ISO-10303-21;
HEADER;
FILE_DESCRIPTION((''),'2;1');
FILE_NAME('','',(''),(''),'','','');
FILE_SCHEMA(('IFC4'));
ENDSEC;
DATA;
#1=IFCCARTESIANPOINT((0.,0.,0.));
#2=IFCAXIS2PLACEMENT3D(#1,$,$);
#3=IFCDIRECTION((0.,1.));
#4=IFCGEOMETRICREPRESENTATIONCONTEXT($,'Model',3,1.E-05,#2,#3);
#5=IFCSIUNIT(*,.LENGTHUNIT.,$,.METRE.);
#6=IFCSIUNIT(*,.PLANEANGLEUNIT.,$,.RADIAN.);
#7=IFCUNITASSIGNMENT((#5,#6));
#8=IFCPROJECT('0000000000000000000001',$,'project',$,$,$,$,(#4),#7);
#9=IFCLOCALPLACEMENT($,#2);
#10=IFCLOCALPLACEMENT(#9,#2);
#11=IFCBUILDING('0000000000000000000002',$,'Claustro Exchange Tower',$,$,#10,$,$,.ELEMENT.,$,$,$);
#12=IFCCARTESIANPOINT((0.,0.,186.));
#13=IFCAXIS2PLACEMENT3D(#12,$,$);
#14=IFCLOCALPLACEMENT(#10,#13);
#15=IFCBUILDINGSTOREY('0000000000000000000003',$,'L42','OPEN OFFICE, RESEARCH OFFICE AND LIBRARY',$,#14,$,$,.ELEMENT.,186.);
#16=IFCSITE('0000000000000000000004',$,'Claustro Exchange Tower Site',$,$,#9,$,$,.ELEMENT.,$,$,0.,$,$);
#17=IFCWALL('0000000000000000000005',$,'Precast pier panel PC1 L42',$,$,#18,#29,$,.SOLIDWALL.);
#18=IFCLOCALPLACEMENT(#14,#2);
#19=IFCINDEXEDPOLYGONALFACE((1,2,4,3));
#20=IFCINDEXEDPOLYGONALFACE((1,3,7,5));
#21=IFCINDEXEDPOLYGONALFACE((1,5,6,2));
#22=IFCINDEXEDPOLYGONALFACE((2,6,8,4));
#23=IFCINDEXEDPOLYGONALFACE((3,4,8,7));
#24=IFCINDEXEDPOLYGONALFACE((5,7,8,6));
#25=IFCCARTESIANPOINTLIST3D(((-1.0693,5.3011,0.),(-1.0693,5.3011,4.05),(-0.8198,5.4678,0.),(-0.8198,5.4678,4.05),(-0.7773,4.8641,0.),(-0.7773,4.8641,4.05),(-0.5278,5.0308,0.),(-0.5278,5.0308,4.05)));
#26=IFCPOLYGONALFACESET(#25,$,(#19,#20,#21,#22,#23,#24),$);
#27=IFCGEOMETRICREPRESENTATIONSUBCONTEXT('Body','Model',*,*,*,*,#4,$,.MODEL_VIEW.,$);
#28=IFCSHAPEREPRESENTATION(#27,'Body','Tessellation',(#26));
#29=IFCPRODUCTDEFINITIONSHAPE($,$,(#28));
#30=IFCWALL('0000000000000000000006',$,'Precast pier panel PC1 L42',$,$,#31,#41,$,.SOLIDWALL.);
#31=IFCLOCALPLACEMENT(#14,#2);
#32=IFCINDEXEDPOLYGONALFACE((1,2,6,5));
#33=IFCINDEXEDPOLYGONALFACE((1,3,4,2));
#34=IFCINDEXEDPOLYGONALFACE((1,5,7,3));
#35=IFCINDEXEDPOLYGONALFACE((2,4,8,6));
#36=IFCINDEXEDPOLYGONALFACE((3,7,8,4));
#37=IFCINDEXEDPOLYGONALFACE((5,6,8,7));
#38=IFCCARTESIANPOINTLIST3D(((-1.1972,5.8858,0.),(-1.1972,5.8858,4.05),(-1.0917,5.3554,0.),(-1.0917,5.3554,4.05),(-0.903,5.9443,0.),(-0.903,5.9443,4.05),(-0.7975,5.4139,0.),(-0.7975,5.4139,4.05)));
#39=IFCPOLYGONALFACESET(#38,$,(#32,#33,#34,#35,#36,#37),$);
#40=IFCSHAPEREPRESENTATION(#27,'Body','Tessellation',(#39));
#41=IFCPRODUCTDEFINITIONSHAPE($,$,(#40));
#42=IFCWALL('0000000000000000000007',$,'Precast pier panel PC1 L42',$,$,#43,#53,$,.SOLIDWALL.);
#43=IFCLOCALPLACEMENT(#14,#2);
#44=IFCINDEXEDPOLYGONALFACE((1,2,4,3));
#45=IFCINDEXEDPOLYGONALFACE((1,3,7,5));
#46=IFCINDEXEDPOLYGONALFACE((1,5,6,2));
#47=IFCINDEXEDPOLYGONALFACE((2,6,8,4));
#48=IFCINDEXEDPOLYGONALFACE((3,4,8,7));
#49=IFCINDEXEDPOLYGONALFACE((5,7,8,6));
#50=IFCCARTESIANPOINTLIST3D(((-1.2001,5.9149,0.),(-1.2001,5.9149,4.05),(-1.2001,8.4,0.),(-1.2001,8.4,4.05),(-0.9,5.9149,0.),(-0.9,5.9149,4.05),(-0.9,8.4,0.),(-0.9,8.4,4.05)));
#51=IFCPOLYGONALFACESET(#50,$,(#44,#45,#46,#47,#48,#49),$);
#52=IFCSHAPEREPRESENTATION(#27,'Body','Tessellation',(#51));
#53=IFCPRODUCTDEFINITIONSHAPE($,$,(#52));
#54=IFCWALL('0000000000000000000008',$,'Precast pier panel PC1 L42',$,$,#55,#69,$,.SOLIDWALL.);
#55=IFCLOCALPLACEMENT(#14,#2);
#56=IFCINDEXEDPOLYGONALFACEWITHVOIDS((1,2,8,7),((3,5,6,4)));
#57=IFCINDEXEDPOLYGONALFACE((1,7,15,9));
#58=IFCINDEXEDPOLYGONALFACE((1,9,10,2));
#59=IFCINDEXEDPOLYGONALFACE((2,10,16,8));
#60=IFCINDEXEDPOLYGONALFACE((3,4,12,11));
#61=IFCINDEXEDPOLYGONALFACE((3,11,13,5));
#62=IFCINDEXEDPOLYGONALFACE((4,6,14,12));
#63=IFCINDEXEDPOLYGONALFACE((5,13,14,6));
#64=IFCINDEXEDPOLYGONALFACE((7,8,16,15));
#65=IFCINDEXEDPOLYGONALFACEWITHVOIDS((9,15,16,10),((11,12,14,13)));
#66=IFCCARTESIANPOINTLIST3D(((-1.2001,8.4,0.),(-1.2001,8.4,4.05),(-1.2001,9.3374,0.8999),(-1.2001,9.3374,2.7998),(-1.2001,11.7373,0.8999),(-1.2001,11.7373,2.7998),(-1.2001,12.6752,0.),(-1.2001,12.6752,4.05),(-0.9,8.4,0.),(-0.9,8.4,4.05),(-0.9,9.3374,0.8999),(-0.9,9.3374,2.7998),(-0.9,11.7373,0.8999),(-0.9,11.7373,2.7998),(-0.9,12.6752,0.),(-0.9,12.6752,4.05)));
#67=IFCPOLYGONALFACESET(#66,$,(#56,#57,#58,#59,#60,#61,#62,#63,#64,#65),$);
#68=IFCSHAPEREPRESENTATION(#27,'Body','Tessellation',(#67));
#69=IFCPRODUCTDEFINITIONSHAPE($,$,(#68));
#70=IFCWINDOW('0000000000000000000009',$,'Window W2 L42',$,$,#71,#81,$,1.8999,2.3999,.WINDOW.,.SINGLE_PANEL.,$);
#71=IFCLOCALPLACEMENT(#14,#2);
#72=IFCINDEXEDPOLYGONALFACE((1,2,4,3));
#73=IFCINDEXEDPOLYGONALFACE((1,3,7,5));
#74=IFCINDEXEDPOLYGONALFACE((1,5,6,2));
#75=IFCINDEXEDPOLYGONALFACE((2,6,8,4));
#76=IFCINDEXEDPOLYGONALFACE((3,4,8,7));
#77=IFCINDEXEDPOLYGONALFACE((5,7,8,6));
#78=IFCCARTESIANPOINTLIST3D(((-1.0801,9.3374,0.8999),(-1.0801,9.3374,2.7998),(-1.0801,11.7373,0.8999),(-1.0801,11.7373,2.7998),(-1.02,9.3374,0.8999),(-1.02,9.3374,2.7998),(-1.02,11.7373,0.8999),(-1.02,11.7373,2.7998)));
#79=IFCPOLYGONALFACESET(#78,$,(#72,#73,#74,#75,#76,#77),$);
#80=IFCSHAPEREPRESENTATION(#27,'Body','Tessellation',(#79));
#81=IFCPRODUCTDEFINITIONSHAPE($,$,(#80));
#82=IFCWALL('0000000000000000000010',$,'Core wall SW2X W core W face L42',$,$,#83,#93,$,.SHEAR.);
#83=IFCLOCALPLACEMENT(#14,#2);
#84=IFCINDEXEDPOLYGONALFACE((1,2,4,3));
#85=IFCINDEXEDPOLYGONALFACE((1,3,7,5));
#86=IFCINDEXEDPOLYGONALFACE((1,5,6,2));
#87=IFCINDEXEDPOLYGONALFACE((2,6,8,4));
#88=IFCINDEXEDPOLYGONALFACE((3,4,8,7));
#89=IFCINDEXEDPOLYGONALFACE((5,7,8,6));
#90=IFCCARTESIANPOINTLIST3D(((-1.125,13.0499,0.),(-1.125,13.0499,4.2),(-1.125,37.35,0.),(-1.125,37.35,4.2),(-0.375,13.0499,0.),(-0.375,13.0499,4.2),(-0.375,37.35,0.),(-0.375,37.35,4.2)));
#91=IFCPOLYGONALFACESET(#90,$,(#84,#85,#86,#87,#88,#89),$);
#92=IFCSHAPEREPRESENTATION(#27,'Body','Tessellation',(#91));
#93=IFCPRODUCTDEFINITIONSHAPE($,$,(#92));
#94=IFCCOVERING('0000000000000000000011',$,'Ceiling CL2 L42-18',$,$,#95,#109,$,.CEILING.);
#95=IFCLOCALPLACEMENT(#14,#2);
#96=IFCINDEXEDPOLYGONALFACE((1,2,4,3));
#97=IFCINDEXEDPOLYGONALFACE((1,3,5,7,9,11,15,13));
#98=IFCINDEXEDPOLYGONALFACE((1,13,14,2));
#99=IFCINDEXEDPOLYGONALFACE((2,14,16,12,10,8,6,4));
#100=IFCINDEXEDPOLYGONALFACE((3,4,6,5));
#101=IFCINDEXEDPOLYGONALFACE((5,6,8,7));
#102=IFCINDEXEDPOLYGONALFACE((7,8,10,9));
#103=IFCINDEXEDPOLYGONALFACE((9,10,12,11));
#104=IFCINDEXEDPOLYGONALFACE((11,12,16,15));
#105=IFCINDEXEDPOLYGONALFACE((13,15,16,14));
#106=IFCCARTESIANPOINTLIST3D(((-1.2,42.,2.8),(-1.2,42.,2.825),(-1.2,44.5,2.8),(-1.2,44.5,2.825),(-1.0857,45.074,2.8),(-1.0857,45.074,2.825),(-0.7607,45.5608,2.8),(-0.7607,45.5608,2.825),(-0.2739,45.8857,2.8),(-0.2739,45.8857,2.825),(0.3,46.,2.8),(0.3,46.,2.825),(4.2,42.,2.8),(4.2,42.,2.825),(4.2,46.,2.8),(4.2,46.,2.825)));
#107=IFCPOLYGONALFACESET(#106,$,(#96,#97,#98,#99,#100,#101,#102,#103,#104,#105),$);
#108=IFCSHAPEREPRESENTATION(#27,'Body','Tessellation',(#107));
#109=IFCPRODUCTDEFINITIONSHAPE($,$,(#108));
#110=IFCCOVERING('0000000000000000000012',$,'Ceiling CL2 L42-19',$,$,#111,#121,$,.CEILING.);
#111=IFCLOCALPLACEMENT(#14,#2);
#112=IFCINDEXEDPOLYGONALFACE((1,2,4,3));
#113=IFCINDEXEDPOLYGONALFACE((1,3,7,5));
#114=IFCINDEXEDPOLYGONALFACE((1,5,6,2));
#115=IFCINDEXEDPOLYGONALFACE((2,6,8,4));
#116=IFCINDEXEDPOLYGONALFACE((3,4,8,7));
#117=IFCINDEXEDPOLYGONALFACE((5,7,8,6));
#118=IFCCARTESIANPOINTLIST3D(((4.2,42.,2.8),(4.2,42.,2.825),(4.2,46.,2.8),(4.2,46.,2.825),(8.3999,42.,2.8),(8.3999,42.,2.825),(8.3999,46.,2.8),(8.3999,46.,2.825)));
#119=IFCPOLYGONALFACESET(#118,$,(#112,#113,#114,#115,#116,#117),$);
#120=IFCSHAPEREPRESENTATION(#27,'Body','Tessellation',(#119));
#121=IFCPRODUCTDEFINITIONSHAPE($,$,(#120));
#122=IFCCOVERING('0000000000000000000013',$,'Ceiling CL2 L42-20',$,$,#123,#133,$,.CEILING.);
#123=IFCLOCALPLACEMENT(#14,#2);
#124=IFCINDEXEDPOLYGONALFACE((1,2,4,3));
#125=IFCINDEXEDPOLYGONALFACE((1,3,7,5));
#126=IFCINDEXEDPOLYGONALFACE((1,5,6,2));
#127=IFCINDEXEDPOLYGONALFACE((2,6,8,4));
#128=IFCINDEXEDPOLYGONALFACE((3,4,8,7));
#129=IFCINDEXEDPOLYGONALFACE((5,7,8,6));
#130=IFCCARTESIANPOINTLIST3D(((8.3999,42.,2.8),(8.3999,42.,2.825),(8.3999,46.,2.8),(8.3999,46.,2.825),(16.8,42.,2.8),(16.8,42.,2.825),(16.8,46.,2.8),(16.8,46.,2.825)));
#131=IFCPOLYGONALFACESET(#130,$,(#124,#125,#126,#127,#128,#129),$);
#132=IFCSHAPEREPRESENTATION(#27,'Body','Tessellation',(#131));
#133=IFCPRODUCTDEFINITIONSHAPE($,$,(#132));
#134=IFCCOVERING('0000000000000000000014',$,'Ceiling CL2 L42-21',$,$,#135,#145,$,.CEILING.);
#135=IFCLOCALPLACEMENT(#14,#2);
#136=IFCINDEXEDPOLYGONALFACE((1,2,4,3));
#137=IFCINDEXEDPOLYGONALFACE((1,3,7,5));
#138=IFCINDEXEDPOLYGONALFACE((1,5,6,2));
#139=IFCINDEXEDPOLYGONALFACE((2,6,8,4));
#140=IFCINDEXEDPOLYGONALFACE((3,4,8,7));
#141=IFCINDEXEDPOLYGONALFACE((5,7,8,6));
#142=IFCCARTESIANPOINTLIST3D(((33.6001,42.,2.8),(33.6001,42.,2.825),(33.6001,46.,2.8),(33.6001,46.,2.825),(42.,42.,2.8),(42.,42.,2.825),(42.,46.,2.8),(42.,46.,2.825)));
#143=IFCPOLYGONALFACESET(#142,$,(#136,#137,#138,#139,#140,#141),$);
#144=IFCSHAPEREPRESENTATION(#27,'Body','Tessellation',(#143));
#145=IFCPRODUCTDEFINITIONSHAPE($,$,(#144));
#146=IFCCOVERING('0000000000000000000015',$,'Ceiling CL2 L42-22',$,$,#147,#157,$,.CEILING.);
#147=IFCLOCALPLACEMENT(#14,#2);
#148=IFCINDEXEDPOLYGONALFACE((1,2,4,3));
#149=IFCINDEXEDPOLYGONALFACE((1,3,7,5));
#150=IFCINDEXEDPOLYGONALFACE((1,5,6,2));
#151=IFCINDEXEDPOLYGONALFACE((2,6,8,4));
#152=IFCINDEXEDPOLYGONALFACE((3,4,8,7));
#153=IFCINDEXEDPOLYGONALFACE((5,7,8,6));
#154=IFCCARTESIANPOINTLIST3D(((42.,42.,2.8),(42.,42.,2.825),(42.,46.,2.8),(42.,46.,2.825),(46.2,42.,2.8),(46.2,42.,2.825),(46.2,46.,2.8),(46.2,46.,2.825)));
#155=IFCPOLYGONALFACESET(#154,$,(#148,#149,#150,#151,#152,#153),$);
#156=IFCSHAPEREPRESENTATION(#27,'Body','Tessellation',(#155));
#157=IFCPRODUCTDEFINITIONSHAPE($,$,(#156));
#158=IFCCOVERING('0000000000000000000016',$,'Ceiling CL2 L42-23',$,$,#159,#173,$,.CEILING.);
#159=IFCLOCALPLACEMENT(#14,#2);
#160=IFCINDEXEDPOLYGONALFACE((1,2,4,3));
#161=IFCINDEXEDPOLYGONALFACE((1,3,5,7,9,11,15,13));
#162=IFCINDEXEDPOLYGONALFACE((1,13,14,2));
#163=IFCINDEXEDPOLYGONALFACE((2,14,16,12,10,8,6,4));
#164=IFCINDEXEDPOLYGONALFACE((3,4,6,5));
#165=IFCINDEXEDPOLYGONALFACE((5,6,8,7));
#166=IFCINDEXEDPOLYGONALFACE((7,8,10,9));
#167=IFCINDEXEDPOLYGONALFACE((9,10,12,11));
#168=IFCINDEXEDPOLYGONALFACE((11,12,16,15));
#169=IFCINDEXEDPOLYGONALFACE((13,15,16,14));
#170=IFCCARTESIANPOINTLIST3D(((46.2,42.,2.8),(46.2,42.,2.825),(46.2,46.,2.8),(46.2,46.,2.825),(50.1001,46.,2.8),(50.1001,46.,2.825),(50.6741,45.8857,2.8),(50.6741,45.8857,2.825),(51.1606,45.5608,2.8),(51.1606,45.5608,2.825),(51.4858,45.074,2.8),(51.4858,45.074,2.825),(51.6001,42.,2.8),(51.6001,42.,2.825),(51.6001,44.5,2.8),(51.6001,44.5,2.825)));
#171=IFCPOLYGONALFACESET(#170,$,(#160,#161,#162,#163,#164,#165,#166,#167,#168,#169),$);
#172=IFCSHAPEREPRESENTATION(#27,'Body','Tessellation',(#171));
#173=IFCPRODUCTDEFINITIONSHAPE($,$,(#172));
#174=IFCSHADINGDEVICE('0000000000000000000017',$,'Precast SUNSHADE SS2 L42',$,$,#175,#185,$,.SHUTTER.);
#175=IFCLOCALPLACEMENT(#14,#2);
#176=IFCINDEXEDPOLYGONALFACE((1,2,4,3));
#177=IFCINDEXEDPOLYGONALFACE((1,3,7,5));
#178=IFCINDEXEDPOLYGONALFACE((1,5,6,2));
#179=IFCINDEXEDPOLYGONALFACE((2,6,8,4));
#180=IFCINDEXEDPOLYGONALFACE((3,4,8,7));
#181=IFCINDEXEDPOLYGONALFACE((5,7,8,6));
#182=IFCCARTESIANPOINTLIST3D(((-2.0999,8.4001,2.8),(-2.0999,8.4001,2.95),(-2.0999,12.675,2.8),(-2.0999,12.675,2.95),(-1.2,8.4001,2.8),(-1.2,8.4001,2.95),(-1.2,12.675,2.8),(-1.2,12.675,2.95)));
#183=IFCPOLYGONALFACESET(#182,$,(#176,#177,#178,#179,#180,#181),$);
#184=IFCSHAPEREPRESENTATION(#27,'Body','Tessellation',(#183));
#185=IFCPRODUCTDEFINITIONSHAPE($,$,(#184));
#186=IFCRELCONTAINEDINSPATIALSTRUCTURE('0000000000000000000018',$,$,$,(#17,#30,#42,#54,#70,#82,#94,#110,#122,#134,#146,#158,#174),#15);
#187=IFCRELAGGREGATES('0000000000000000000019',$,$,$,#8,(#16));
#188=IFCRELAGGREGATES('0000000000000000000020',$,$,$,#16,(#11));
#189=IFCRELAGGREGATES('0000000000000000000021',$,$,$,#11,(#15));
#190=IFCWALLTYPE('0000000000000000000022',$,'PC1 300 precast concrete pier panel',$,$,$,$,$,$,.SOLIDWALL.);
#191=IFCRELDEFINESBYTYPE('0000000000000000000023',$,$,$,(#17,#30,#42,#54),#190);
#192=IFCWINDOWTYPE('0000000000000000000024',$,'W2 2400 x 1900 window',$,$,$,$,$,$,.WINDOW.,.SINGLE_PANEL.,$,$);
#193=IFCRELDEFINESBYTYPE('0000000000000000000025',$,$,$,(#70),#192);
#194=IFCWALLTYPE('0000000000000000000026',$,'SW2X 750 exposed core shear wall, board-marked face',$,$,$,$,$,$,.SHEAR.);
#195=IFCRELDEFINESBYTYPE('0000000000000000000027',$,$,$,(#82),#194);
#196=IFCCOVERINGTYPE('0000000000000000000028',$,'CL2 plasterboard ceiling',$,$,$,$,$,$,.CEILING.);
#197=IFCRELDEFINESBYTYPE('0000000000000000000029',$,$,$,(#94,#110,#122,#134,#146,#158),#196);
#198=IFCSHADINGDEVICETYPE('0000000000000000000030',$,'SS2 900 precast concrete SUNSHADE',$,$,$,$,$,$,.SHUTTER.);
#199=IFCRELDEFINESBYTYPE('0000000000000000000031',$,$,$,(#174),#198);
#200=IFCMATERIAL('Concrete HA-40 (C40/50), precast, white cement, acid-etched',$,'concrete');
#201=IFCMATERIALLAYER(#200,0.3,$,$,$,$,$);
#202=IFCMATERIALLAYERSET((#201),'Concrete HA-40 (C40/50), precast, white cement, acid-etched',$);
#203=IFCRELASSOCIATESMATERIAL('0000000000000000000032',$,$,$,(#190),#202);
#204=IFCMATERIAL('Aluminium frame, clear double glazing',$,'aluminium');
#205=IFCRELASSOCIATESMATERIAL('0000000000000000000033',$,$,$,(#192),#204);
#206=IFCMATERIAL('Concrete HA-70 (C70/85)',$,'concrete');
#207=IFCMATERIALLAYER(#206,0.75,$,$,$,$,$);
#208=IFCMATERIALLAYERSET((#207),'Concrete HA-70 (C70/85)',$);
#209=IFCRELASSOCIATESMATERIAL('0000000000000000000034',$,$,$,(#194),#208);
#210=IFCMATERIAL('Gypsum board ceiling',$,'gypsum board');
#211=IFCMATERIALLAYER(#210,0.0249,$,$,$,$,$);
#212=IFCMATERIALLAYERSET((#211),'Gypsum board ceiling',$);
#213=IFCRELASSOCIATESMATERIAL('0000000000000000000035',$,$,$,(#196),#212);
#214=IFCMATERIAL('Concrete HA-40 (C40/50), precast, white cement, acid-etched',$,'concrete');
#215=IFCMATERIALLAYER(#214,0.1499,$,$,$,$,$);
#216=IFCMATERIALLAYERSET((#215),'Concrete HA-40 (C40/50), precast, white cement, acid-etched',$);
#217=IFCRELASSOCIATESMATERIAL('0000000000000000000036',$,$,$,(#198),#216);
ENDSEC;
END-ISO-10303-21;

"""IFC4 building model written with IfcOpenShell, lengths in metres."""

from ifc_helpers import new_model, si_unit, direction, frame, frame_2d, origin, origin_2d, place, context, subcontext, project, spatial, polyline, rectangle, outline, extrude, material, layer, layer_set, type_object, element, fill, save


model = new_model("IFC4")

# Units and contexts
model_context = context("Model", 3, precision=1e-05, world=origin(), true_north=direction((0.0, 1.0)))
body_context = subcontext(model_context, "Body", "Model", "MODEL_VIEW")
ifc_project = project(units=[si_unit("LENGTHUNIT", "METRE"), si_unit("PLANEANGLEUNIT", "RADIAN")], contexts=[model_context])

# Site, building, storey
site_placement = place(None, origin())
site = spatial("IfcSite", under=ifc_project, at=site_placement, Name="Claustro Exchange Tower Site", CompositionType="ELEMENT", RefElevation=0.0)
building_placement = place(site_placement, origin())
building = spatial("IfcBuilding", under=site, at=building_placement, Name="Claustro Exchange Tower", CompositionType="ELEMENT")
storey_placement = place(building_placement, frame((0.0, 0.0, 186.0)))
storey = spatial("IfcBuildingStorey", under=building, at=storey_placement, Name="L42", Description="OPEN OFFICE, RESEARCH OFFICE AND LIBRARY", CompositionType="ELEMENT", Elevation=186.0)

# Walls
ifc_material_1 = material(Name="Concrete HA-40 (C40/50), precast, white cement, acid-etched", Category="concrete")
ifc_layer_1 = layer(ifc_material_1, 0.3)
ifc_layer_set_1 = layer_set([ifc_layer_1], Name="Concrete HA-40 (C40/50), precast, white cement, acid-etched")
wall_type_1 = type_object("IfcWallType", Name="PC1 300 precast concrete pier panel", PredefinedType="SOLIDWALL", material=ifc_layer_set_1)
for number, where, z_axis, x_axis, name in (
    (1, (-0.6526, 4.9475, 0.0), (0.0, 0.0, 1.0), (-0.555557, 0.831478, 0.0), "Precast pier panel PC1 L42"),
):
    element("IfcWall", number, at=place(storey_placement, frame(where, z_axis=z_axis, x_axis=x_axis)), inside=storey, type_object=wall_type_1, Name=name, PredefinedType="SOLIDWALL", context=body_context, shape_type="SweptSolid", body=[
        extrude(rectangle(XDim=0.5256, YDim=0.3, at=frame_2d((0.2627, 0.0))), origin(), (0.0, 0.0, 1.0), 4.05),
    ])
wall_1_placement = place(storey_placement, frame((-0.9446, 5.3845, 0.0), z_axis=(0.0, 0.0, 1.0), x_axis=(-0.195074, 0.980789, 0.0)))
element("IfcWall", 2, at=wall_1_placement, inside=storey, type_object=wall_type_1, Name="Precast pier panel PC1 L42", PredefinedType="SOLIDWALL", context=body_context, shape_type="SweptSolid", body=[
    extrude(rectangle(XDim=0.5408, YDim=0.3, at=frame_2d((0.2705, 0.0))), origin(), (0.0, 0.0, 1.0), 4.05),
])
wall_2_placement = place(storey_placement, frame((-1.05, 5.9148, 0.0), z_axis=(0.0, 0.0, 1.0), x_axis=(0.0, 1.0, 0.0)))
element("IfcWall", 3, at=wall_2_placement, inside=storey, type_object=wall_type_1, Name="Precast pier panel PC1 L42", PredefinedType="SOLIDWALL", context=body_context, shape_type="SweptSolid", body=[
    extrude(rectangle(XDim=2.4851, YDim=0.3, at=frame_2d((1.2427, 0.0))), origin(), (0.0, 0.0, 1.0), 4.05),
])

# Wall, opening, window
wall_3_placement = place(storey_placement, frame((-1.05, 8.3999, 0.0), z_axis=(0.0, 0.0, 1.0), x_axis=(0.0, 1.0, 0.0)))
wall_3 = element("IfcWall", 4, at=wall_3_placement, inside=storey, type_object=wall_type_1, Name="Precast pier panel PC1 L42", PredefinedType="SOLIDWALL", context=body_context, shape_type="SweptSolid", body=[
    extrude(rectangle(XDim=4.2751, YDim=0.3, at=frame_2d((2.1377, 0.0))), origin(), (0.0, 0.0, 1.0), 4.05),
])
opening_1_placement = place(wall_3_placement, frame((0.9375, 0.0, 0.8999)))
opening_1 = element("IfcOpeningElement", 5, at=opening_1_placement, cuts=wall_3, PredefinedType="OPENING", context=body_context, shape_type="SweptSolid", body=[
    extrude(rectangle(XDim=2.3999, YDim=1.8999, at=frame_2d((1.2, 0.95))), frame((0.0, 0.1599, 0.0), z_axis=(0.0, -1.0, 0.0), x_axis=(1.0, 0.0, 0.0)), (0.0, 0.0, 1.0), 0.3201),
])
ifc_material_2 = material(Name="Aluminium frame, clear double glazing", Category="aluminium")
window_type = type_object("IfcWindowType", Name="W2 2400 x 1900 window", PartitioningType="SINGLE_PANEL", PredefinedType="WINDOW", material=ifc_material_2)
window_placement = place(opening_1_placement, origin())
window = element("IfcWindow", 6, at=window_placement, inside=storey, type_object=window_type, Name="Window W2 L42", OverallHeight=1.8999, OverallWidth=2.3999, PartitioningType="SINGLE_PANEL", PredefinedType="WINDOW", context=body_context, shape_type="SweptSolid", body=[
    extrude(rectangle(XDim=2.3999, YDim=1.8999, at=frame_2d((1.2, 0.95))), frame((0.0, 0.03, 0.0), z_axis=(0.0, -1.0, 0.0), x_axis=(1.0, 0.0, 0.0)), (0.0, 0.0, 1.0), 0.0601),
])
fill(opening_1, window)

# Wall
ifc_material_3 = material(Name="Concrete HA-70 (C70/85)", Category="concrete")
ifc_layer_2 = layer(ifc_material_3, 0.75)
ifc_layer_set_2 = layer_set([ifc_layer_2], Name="Concrete HA-70 (C70/85)")
wall_type_2 = type_object("IfcWallType", Name="SW2X 750 exposed core shear wall, board-marked face", PredefinedType="SHEAR", material=ifc_layer_set_2)
wall_4_placement = place(storey_placement, frame((-0.75, 13.05, 0.0), z_axis=(0.0, 0.0, 1.0), x_axis=(0.0, 1.0, 0.0)))
element("IfcWall", 7, at=wall_4_placement, inside=storey, type_object=wall_type_2, Name="Core wall SW2X W core W face L42", PredefinedType="SHEAR", context=body_context, shape_type="SweptSolid", body=[
    extrude(rectangle(XDim=24.3, YDim=0.75, at=frame_2d((12.1499, 0.0))), origin(), (0.0, 0.0, 1.0), 4.2),
])

# Coverings
ifc_material_4 = material(Name="Gypsum board ceiling", Category="gypsum board")
ifc_layer_3 = layer(ifc_material_4, 0.0249)
ifc_layer_set_3 = layer_set([ifc_layer_3], Name="Gypsum board ceiling")
covering_type = type_object("IfcCoveringType", Name="CL2 plasterboard ceiling", PredefinedType="CEILING", material=ifc_layer_set_3)
covering_1_placement = place(storey_placement, frame((0.0, 0.0, 2.8)))
element("IfcCovering", 8, at=covering_1_placement, inside=storey, type_object=covering_type, Name="Ceiling CL2 L42-18", PredefinedType="CEILING", context=body_context, shape_type="SweptSolid", body=[
    extrude(outline(polyline([(-1.2, 44.5), (-1.2, 42.0), (4.2, 42.0), (4.2, 46.0), (0.3, 46.0), (-0.2739, 45.8857), (-0.7607, 45.5608), (-1.0857, 45.074), (-1.2, 44.5)])), origin(), (0.0, 0.0, 1.0), 0.0249),
])
covering_2_placement = place(storey_placement, frame((0.0, 0.0, 2.8)))
element("IfcCovering", 9, at=covering_2_placement, inside=storey, type_object=covering_type, Name="Ceiling CL2 L42-19", PredefinedType="CEILING", context=body_context, shape_type="SweptSolid", body=[
    extrude(outline(polyline([(8.3999, 46.0), (4.2, 46.0), (4.2, 42.0), (8.3999, 42.0), (8.3999, 46.0)])), origin(), (0.0, 0.0, 1.0), 0.0249),
])
covering_3_placement = place(storey_placement, frame((0.0, 0.0, 2.8)))
element("IfcCovering", 10, at=covering_3_placement, inside=storey, type_object=covering_type, Name="Ceiling CL2 L42-20", PredefinedType="CEILING", context=body_context, shape_type="SweptSolid", body=[
    extrude(outline(polyline([(16.8, 46.0), (8.3999, 46.0), (8.3999, 42.0), (16.8, 42.0), (16.8, 46.0)])), origin(), (0.0, 0.0, 1.0), 0.0249),
])
covering_4_placement = place(storey_placement, frame((0.0, 0.0, 2.8)))
element("IfcCovering", 11, at=covering_4_placement, inside=storey, type_object=covering_type, Name="Ceiling CL2 L42-21", PredefinedType="CEILING", context=body_context, shape_type="SweptSolid", body=[
    extrude(outline(polyline([(42.0, 46.0), (33.6001, 46.0), (33.6001, 42.0), (42.0, 42.0), (42.0, 46.0)])), origin(), (0.0, 0.0, 1.0), 0.0249),
])
covering_5_placement = place(storey_placement, frame((0.0, 0.0, 2.8)))
element("IfcCovering", 12, at=covering_5_placement, inside=storey, type_object=covering_type, Name="Ceiling CL2 L42-22", PredefinedType="CEILING", context=body_context, shape_type="SweptSolid", body=[
    extrude(outline(polyline([(46.2, 46.0), (42.0, 46.0), (42.0, 42.0), (46.2, 42.0), (46.2, 46.0)])), origin(), (0.0, 0.0, 1.0), 0.0249),
])
covering_6_placement = place(storey_placement, frame((0.0, 0.0, 2.8)))
element("IfcCovering", 13, at=covering_6_placement, inside=storey, type_object=covering_type, Name="Ceiling CL2 L42-23", PredefinedType="CEILING", context=body_context, shape_type="SweptSolid", body=[
    extrude(outline(polyline([(50.1001, 46.0), (46.2, 46.0), (46.2, 42.0), (51.6001, 42.0), (51.6001, 44.5), (51.4858, 45.074), (51.1606, 45.5608), (50.6741, 45.8857), (50.1001, 46.0)])), origin(), (0.0, 0.0, 1.0), 0.0249),
])

# Shading device
ifc_material_5 = material(Name="Concrete HA-40 (C40/50), precast, white cement, acid-etched", Category="concrete")
ifc_layer_4 = layer(ifc_material_5, 0.1499)
ifc_layer_set_4 = layer_set([ifc_layer_4], Name="Concrete HA-40 (C40/50), precast, white cement, acid-etched")
shading_device_type = type_object("IfcShadingDeviceType", Name="SS2 900 precast concrete SUNSHADE", PredefinedType="SHUTTER", material=ifc_layer_set_4)
shading_device_placement = place(storey_placement, frame((-1.6499, 10.5376, 2.8), z_axis=(0.0, 0.0, 1.0), x_axis=(0.0, 1.0, 0.0)))
element("IfcShadingDevice", 14, at=shading_device_placement, inside=storey, type_object=shading_device_type, Name="Precast SUNSHADE SS2 L42", PredefinedType="SHUTTER", context=body_context, shape_type="SweptSolid", body=[
    extrude(rectangle(XDim=4.2749, YDim=0.8999, at=origin_2d()), origin(), (0.0, 0.0, 1.0), 0.1499),
])

save(model, "model.ifc")
